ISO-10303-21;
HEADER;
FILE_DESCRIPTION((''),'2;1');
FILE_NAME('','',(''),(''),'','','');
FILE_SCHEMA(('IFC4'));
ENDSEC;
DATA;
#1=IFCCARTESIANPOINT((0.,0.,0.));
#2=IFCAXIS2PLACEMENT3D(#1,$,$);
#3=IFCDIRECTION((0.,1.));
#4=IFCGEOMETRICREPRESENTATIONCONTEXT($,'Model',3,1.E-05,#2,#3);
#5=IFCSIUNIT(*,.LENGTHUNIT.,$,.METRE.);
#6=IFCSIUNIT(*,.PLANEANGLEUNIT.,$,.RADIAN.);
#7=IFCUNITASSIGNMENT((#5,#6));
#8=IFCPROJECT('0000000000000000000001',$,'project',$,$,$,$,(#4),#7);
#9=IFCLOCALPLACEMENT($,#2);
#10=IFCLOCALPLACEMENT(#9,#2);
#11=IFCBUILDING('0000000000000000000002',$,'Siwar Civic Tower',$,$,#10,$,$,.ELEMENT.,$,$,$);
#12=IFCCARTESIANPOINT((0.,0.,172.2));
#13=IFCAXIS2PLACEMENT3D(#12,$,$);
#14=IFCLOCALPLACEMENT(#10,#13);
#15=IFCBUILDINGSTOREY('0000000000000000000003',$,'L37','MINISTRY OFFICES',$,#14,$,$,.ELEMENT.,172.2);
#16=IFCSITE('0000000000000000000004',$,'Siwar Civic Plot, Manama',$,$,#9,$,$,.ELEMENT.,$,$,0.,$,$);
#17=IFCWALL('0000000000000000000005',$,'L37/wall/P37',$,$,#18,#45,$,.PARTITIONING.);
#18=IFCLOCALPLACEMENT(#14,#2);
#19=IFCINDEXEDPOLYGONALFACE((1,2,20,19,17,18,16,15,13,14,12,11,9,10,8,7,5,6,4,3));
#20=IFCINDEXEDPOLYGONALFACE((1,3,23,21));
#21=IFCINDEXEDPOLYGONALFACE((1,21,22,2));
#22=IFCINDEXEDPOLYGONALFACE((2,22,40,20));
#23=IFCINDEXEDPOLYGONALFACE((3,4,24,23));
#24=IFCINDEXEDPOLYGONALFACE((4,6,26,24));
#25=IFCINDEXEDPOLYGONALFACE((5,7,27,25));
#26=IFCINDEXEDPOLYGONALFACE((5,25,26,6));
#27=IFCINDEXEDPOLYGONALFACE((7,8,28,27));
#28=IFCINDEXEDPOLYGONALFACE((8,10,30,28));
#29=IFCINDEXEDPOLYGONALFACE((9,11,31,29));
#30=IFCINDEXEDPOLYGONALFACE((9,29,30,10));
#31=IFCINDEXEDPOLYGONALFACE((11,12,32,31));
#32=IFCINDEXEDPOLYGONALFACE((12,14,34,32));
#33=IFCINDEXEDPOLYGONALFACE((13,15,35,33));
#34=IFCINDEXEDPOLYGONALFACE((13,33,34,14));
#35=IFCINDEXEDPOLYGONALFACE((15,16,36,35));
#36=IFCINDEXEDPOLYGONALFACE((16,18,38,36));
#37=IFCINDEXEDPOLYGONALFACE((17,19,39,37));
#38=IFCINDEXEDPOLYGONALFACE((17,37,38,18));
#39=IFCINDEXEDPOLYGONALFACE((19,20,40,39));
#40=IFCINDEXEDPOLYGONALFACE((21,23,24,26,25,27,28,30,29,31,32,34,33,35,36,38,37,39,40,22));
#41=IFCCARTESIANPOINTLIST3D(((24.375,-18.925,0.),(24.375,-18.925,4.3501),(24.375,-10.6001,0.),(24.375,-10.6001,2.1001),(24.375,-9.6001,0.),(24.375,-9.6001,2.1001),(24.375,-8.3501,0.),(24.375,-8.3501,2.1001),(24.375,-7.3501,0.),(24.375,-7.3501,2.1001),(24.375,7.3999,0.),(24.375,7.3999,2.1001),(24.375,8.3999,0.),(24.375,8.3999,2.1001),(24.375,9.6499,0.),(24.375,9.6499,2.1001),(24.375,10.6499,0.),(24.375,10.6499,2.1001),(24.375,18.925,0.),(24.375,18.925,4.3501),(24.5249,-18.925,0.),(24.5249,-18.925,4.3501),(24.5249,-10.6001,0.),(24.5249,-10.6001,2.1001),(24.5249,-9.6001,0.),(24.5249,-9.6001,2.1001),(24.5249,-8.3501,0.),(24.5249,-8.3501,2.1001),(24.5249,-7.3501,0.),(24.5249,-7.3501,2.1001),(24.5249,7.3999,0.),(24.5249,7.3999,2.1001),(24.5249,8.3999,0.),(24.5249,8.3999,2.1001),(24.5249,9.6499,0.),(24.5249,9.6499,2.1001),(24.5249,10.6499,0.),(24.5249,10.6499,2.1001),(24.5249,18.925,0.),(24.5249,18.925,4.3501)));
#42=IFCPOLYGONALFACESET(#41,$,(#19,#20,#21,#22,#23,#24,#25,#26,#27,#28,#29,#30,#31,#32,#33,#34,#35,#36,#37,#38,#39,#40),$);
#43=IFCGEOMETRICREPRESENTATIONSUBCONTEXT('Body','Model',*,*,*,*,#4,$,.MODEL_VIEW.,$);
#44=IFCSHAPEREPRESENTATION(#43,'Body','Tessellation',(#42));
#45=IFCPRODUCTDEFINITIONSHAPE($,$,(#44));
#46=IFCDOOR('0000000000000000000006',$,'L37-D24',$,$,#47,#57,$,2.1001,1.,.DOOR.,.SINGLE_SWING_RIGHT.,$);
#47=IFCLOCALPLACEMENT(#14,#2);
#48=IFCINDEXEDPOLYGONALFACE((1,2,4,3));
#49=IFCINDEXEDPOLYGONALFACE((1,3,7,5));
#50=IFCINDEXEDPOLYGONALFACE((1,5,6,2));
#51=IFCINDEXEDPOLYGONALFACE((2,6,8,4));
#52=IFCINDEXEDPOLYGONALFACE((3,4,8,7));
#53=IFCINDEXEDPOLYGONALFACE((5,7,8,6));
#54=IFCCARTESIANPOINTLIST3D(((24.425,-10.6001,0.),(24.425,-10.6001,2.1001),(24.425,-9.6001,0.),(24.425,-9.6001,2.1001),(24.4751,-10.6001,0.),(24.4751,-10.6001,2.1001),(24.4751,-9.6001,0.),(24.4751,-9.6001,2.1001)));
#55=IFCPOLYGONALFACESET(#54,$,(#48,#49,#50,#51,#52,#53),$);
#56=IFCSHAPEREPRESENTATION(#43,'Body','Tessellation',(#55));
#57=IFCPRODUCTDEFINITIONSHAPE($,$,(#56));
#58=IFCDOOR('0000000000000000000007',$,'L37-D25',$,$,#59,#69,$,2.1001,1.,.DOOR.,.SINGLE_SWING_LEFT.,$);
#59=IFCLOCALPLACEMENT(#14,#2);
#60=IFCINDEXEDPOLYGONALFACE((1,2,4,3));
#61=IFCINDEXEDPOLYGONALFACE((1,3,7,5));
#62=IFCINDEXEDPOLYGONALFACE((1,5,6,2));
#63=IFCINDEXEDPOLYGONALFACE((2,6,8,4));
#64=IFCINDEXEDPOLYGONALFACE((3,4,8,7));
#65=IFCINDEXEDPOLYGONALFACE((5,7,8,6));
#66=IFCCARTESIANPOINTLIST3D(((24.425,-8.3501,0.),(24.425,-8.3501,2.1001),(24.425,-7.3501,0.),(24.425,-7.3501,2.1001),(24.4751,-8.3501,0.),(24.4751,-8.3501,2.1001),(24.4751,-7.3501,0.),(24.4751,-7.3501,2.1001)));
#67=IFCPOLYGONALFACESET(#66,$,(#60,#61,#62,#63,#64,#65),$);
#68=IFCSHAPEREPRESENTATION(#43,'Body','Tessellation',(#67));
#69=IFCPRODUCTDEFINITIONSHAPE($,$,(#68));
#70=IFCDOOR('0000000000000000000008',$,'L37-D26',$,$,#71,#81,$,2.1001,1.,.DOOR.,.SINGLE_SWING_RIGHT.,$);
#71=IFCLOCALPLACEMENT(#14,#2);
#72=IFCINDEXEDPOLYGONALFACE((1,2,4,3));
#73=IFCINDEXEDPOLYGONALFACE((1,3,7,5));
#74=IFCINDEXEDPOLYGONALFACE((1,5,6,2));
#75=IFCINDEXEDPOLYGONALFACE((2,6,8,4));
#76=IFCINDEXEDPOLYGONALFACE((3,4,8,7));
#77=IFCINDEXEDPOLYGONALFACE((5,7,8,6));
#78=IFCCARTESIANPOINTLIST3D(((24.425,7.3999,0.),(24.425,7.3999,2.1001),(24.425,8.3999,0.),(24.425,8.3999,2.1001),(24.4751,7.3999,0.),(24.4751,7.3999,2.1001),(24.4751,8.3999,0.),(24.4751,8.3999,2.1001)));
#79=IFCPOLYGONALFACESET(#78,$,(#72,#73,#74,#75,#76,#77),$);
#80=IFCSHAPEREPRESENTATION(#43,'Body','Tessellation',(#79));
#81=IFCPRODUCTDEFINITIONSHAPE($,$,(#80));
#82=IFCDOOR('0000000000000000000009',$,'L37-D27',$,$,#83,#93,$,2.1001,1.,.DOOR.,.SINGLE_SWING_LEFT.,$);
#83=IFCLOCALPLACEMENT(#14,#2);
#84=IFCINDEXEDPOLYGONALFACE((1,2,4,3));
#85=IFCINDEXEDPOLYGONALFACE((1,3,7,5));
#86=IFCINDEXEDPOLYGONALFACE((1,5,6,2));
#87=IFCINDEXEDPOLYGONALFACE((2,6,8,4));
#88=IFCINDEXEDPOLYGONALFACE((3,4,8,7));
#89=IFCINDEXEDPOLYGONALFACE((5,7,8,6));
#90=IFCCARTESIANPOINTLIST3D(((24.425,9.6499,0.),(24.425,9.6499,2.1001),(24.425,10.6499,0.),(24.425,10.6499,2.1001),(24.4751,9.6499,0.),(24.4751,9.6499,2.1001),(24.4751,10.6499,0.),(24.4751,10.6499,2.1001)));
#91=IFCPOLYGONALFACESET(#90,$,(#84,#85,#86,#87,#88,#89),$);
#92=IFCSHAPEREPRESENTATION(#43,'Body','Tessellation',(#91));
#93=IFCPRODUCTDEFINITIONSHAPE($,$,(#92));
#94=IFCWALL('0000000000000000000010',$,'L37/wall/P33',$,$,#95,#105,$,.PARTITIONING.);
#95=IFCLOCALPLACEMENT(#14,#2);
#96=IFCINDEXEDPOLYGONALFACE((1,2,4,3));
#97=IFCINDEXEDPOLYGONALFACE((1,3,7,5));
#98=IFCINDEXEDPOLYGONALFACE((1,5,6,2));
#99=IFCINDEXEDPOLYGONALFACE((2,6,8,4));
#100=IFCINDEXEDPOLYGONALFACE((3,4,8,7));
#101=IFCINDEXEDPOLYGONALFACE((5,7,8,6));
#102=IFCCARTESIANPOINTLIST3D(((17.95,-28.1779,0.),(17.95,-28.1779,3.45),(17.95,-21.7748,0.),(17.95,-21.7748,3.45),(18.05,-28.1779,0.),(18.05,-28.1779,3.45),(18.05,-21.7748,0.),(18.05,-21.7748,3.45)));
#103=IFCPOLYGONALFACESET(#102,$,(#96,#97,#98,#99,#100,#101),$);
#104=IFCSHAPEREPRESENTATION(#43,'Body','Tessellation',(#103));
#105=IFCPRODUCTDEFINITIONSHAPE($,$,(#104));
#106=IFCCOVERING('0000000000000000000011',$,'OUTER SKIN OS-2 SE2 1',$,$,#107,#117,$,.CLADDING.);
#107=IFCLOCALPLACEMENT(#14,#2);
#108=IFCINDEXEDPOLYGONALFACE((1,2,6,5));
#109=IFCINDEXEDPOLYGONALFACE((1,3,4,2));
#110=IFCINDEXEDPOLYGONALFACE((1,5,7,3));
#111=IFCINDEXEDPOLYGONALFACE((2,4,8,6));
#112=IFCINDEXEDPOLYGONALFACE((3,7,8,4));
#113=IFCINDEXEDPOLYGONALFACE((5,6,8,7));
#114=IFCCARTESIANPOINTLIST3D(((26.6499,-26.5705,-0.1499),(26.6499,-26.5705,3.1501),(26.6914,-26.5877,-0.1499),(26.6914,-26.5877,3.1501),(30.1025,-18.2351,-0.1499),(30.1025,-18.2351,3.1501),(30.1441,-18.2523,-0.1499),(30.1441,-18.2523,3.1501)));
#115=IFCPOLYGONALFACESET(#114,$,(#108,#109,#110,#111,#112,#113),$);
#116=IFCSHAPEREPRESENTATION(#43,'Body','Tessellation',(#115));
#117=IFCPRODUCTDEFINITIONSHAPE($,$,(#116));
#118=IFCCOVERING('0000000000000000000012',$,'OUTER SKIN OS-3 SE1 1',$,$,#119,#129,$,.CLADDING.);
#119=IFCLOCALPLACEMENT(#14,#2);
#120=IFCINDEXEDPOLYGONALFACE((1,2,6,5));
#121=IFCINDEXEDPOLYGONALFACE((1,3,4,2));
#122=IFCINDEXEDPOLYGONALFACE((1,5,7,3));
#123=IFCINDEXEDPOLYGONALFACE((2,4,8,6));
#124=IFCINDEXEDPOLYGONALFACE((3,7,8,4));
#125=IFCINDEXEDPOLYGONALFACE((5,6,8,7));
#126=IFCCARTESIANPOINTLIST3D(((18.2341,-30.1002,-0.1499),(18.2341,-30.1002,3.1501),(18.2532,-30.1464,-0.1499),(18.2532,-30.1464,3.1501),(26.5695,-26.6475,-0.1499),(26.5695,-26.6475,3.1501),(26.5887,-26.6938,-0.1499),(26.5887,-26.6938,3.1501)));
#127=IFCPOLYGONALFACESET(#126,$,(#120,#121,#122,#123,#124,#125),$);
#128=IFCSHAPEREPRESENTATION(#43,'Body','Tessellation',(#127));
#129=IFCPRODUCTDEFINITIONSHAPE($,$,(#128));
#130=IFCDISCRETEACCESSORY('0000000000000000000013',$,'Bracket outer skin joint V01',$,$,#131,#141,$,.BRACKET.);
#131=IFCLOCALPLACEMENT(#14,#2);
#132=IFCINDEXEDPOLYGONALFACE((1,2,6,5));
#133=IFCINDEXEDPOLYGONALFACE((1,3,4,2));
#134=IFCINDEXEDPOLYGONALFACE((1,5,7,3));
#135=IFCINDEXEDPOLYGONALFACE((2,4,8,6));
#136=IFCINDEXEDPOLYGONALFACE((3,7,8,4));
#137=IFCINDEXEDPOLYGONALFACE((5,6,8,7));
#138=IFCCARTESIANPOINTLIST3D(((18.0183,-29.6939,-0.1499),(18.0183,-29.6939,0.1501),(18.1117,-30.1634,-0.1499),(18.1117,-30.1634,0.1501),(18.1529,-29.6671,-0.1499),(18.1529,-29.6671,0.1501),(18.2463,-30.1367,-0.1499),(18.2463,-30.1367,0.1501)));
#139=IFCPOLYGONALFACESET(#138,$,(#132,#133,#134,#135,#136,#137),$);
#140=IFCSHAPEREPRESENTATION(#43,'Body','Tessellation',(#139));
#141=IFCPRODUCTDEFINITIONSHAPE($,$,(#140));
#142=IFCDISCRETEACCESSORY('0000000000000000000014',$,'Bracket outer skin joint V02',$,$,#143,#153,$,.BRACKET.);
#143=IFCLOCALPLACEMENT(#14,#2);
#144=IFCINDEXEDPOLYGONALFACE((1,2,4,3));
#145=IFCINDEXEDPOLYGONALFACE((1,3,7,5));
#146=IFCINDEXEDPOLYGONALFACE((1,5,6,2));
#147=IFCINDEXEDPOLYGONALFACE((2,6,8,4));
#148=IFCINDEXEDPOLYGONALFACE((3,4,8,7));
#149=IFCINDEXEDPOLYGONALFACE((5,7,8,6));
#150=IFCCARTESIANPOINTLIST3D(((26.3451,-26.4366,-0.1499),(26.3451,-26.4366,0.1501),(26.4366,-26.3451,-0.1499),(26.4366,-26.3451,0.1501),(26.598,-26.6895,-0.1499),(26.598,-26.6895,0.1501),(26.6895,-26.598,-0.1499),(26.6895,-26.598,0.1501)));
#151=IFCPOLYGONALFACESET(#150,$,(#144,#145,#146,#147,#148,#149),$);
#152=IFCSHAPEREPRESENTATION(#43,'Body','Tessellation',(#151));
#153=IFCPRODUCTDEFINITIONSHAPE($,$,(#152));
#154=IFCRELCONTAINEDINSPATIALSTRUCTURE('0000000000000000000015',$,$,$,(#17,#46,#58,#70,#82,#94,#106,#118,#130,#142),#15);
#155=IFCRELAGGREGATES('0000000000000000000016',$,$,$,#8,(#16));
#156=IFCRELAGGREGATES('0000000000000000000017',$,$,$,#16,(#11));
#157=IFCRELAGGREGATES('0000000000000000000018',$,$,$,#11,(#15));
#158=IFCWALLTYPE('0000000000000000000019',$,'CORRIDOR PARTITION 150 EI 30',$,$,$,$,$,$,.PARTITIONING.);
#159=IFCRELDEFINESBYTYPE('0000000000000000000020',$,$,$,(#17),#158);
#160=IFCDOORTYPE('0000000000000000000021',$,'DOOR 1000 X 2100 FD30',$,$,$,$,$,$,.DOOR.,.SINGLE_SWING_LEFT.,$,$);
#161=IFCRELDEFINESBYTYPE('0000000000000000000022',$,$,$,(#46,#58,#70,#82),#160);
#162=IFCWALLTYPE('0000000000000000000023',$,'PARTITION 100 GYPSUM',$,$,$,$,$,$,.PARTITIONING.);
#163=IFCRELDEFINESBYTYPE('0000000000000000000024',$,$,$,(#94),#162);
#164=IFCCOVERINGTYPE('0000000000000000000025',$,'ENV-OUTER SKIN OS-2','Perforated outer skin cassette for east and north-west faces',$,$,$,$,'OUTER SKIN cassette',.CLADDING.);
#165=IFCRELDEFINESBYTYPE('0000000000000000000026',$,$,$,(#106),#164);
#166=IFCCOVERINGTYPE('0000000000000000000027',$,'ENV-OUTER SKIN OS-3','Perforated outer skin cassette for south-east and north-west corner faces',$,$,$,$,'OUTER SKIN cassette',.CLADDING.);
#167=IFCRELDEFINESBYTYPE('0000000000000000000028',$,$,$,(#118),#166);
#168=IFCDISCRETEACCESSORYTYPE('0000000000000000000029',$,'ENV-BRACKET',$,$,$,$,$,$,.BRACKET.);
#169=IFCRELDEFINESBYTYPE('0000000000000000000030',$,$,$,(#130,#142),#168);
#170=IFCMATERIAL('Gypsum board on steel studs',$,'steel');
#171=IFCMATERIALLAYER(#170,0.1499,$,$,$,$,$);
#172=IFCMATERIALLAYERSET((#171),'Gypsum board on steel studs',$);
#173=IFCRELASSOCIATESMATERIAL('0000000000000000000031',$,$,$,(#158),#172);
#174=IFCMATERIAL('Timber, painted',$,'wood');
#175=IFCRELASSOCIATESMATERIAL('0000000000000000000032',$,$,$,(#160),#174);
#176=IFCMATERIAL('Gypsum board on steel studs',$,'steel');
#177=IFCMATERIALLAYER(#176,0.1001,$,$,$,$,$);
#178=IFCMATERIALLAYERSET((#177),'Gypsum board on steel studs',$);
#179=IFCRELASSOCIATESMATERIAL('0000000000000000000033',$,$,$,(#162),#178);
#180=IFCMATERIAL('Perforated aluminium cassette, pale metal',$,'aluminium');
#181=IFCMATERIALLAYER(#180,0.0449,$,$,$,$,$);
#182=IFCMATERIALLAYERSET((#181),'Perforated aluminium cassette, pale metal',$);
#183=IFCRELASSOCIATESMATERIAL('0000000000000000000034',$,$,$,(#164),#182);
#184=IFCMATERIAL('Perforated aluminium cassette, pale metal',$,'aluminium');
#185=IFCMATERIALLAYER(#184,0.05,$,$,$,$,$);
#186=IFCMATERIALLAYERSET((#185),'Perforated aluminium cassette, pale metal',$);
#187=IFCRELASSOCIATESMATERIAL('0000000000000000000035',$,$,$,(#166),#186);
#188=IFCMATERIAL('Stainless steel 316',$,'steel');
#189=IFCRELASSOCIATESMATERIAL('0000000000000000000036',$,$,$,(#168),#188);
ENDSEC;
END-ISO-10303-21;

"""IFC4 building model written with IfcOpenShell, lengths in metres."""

from ifc_helpers import new_model, si_unit, direction, frame, frame_2d, origin, origin_2d, place, context, subcontext, project, spatial, rectangle, extrude, material, layer, layer_set, type_object, element, fill, save


model = new_model("IFC4")

# Units and contexts
model_context = context("Model", 3, precision=1e-05, world=origin(), true_north=direction((0.0, 1.0)))
body_context = subcontext(model_context, "Body", "Model", "MODEL_VIEW")
ifc_project = project(units=[si_unit("LENGTHUNIT", "METRE"), si_unit("PLANEANGLEUNIT", "RADIAN")], contexts=[model_context])

# Site, building, storey
site_placement = place(None, origin())
site = spatial("IfcSite", under=ifc_project, at=site_placement, Name="Siwar Civic Plot, Manama", CompositionType="ELEMENT", RefElevation=0.0)
building_placement = place(site_placement, origin())
building = spatial("IfcBuilding", under=site, at=building_placement, Name="Siwar Civic Tower", CompositionType="ELEMENT")
storey_placement = place(building_placement, frame((0.0, 0.0, 172.2)))
storey = spatial("IfcBuildingStorey", under=building, at=storey_placement, Name="L37", Description="MINISTRY OFFICES", CompositionType="ELEMENT", Elevation=172.2)

# Shared definitions
ifc_material_1 = material(Name="Gypsum board on steel studs", Category="steel")
ifc_layer_1 = layer(ifc_material_1, 0.1499)
ifc_layer_set_1 = layer_set([ifc_layer_1], Name="Gypsum board on steel studs")
wall_type_1 = type_object("IfcWallType", Name="CORRIDOR PARTITION 150 EI 30", PredefinedType="PARTITIONING", material=ifc_layer_set_1)

# Wall, openings, doors
wall_1_placement = place(storey_placement, frame((24.45, -18.925, 0.0), z_axis=(0.0, 0.0, 1.0), x_axis=(0.0, 1.0, 0.0)))
wall_1 = element("IfcWall", 1, at=wall_1_placement, inside=storey, type_object=wall_type_1, Name="L37/wall/P37", PredefinedType="PARTITIONING", context=body_context, shape_type="SweptSolid", body=[
    extrude(rectangle(XDim=37.8501, YDim=0.1499, at=frame_2d((18.925, 0.0))), origin(), (0.0, 0.0, 1.0), 4.3501),
])
opening_1_placement = place(wall_1_placement, frame((8.325, 0.0, 0.0)))
opening_1 = element("IfcOpeningElement", 2, at=opening_1_placement, cuts=wall_1, PredefinedType="OPENING", context=body_context, shape_type="SweptSolid", body=[
    extrude(rectangle(XDim=1.0, YDim=2.1001, at=frame_2d((0.5, 1.05))), frame((0.0, 0.085, 0.0), z_axis=(0.0, -1.0, 0.0), x_axis=(1.0, 0.0, 0.0)), (0.0, 0.0, 1.0), 0.1699),
])
opening_2_placement = place(wall_1_placement, frame((10.575, 0.0, 0.0)))
opening_2 = element("IfcOpeningElement", 3, at=opening_2_placement, cuts=wall_1, PredefinedType="OPENING", context=body_context, shape_type="SweptSolid", body=[
    extrude(rectangle(XDim=1.0, YDim=2.1001, at=frame_2d((0.5, 1.05))), frame((0.0, 0.085, 0.0), z_axis=(0.0, -1.0, 0.0), x_axis=(1.0, 0.0, 0.0)), (0.0, 0.0, 1.0), 0.1699),
])
opening_3_placement = place(wall_1_placement, frame((26.325, 0.0, 0.0)))
opening_3 = element("IfcOpeningElement", 4, at=opening_3_placement, cuts=wall_1, PredefinedType="OPENING", context=body_context, shape_type="SweptSolid", body=[
    extrude(rectangle(XDim=1.0, YDim=2.1001, at=frame_2d((0.5, 1.05))), frame((0.0, 0.085, 0.0), z_axis=(0.0, -1.0, 0.0), x_axis=(1.0, 0.0, 0.0)), (0.0, 0.0, 1.0), 0.1699),
])
opening_4_placement = place(wall_1_placement, frame((28.575, 0.0, 0.0)))
opening_4 = element("IfcOpeningElement", 5, at=opening_4_placement, cuts=wall_1, PredefinedType="OPENING", context=body_context, shape_type="SweptSolid", body=[
    extrude(rectangle(XDim=1.0, YDim=2.1001, at=frame_2d((0.5, 1.05))), frame((0.0, 0.085, 0.0), z_axis=(0.0, -1.0, 0.0), x_axis=(1.0, 0.0, 0.0)), (0.0, 0.0, 1.0), 0.1699),
])
ifc_material_2 = material(Name="Timber, painted", Category="wood")
door_type = type_object("IfcDoorType", Name="DOOR 1000 X 2100 FD30", OperationType="SINGLE_SWING_LEFT", PredefinedType="DOOR", material=ifc_material_2)
door_1_placement = place(opening_1_placement, origin())
door_1 = element("IfcDoor", 6, at=door_1_placement, inside=storey, type_object=door_type, Name="L37-D24", OperationType="SINGLE_SWING_RIGHT", OverallHeight=2.1001, OverallWidth=1.0, PredefinedType="DOOR", context=body_context, shape_type="SweptSolid", body=[
    extrude(rectangle(XDim=1.0, YDim=2.1001, at=frame_2d((0.5, 1.05))), frame((0.0, 0.0249, 0.0), z_axis=(0.0, -1.0, 0.0), x_axis=(1.0, 0.0, 0.0)), (0.0, 0.0, 1.0), 0.05),
])
fill(opening_1, door_1)
door_2_placement = place(opening_2_placement, origin())
door_2 = element("IfcDoor", 7, at=door_2_placement, inside=storey, type_object=door_type, Name="L37-D25", OperationType="SINGLE_SWING_LEFT", OverallHeight=2.1001, OverallWidth=1.0, PredefinedType="DOOR", context=body_context, shape_type="SweptSolid", body=[
    extrude(rectangle(XDim=1.0, YDim=2.1001, at=frame_2d((0.5, 1.05))), frame((0.0, 0.0249, 0.0), z_axis=(0.0, -1.0, 0.0), x_axis=(1.0, 0.0, 0.0)), (0.0, 0.0, 1.0), 0.05),
])
fill(opening_2, door_2)
door_3_placement = place(opening_3_placement, origin())
door_3 = element("IfcDoor", 8, at=door_3_placement, inside=storey, type_object=door_type, Name="L37-D26", OperationType="SINGLE_SWING_RIGHT", OverallHeight=2.1001, OverallWidth=1.0, PredefinedType="DOOR", context=body_context, shape_type="SweptSolid", body=[
    extrude(rectangle(XDim=1.0, YDim=2.1001, at=frame_2d((0.5, 1.05))), frame((0.0, 0.0249, 0.0), z_axis=(0.0, -1.0, 0.0), x_axis=(1.0, 0.0, 0.0)), (0.0, 0.0, 1.0), 0.05),
])
fill(opening_3, door_3)
door_4_placement = place(opening_4_placement, origin())
door_4 = element("IfcDoor", 9, at=door_4_placement, inside=storey, type_object=door_type, Name="L37-D27", OperationType="SINGLE_SWING_LEFT", OverallHeight=2.1001, OverallWidth=1.0, PredefinedType="DOOR", context=body_context, shape_type="SweptSolid", body=[
    extrude(rectangle(XDim=1.0, YDim=2.1001, at=frame_2d((0.5, 1.05))), frame((0.0, 0.0249, 0.0), z_axis=(0.0, -1.0, 0.0), x_axis=(1.0, 0.0, 0.0)), (0.0, 0.0, 1.0), 0.05),
])
fill(opening_4, door_4)

# Wall
ifc_material_3 = material(Name="Gypsum board on steel studs", Category="steel")
ifc_layer_2 = layer(ifc_material_3, 0.1001)
ifc_layer_set_2 = layer_set([ifc_layer_2], Name="Gypsum board on steel studs")
wall_type_2 = type_object("IfcWallType", Name="PARTITION 100 GYPSUM", PredefinedType="PARTITIONING", material=ifc_layer_set_2)
wall_2_placement = place(storey_placement, frame((18.0, -28.178, 0.0), z_axis=(0.0, 0.0, 1.0), x_axis=(0.0, 1.0, 0.0)))
element("IfcWall", 10, at=wall_2_placement, inside=storey, type_object=wall_type_2, Name="L37/wall/P33", PredefinedType="PARTITIONING", context=body_context, shape_type="SweptSolid", body=[
    extrude(rectangle(XDim=6.4031, YDim=0.1001, at=frame_2d((3.2017, 0.0))), origin(), (0.0, 0.0, 1.0), 3.45),
])

# Coverings
ifc_material_4 = material(Name="Perforated aluminium cassette, pale metal", Category="aluminium")
ifc_layer_3 = layer(ifc_material_4, 0.0449)
ifc_layer_set_3 = layer_set([ifc_layer_3], Name="Perforated aluminium cassette, pale metal")
covering_type_1 = type_object("IfcCoveringType", Name="ENV-OUTER SKIN OS-2", Description="Perforated outer skin cassette for east and north-west faces", ElementType="OUTER SKIN cassette", PredefinedType="CLADDING", material=ifc_layer_set_3)
covering_1_placement = place(storey_placement, frame((28.397, -22.4114, -0.1499), z_axis=(0.0, 0.0, 1.0), x_axis=(0.382683, 0.92388, 0.0)))
element("IfcCovering", 11, at=covering_1_placement, inside=storey, type_object=covering_type_1, Name="OUTER SKIN OS-2 SE2 1", PredefinedType="CLADDING", context=body_context, shape_type="SweptSolid", body=[
    extrude(rectangle(XDim=9.0222, YDim=0.0449, at=origin_2d()), origin(), (0.0, 0.0, 1.0), 3.3),
])
ifc_material_5 = material(Name="Perforated aluminium cassette, pale metal", Category="aluminium")
ifc_layer_4 = layer(ifc_material_5, 0.05)
ifc_layer_set_4 = layer_set([ifc_layer_4], Name="Perforated aluminium cassette, pale metal")
covering_type_2 = type_object("IfcCoveringType", Name="ENV-OUTER SKIN OS-3", Description="Perforated outer skin cassette for south-east and north-west corner faces", ElementType="OUTER SKIN cassette", PredefinedType="CLADDING", material=ifc_layer_set_4)
covering_2_placement = place(storey_placement, frame((22.4114, -28.397, -0.1499), z_axis=(0.0, 0.0, 1.0), x_axis=(0.92388, 0.382683, 0.0)))
element("IfcCovering", 12, at=covering_2_placement, inside=storey, type_object=covering_type_2, Name="OUTER SKIN OS-3 SE1 1", PredefinedType="CLADDING", context=body_context, shape_type="SweptSolid", body=[
    extrude(rectangle(XDim=9.0222, YDim=0.05, at=origin_2d()), origin(), (0.0, 0.0, 1.0), 3.3),
])

# Discrete accessories
ifc_material_6 = material(Name="Stainless steel 316", Category="steel")
discrete_accessory_type = type_object("IfcDiscreteAccessoryType", Name="ENV-BRACKET", PredefinedType="BRACKET", material=ifc_material_6)
discrete_accessory_1_placement = place(storey_placement, frame((18.1323, -29.9153, -0.1499), z_axis=(0.0, 0.0, 1.0), x_axis=(0.19509, -0.980785, 0.0)))
element("IfcDiscreteAccessory", 13, at=discrete_accessory_1_placement, inside=storey, type_object=discrete_accessory_type, Name="Bracket outer skin joint V01", PredefinedType="BRACKET", context=body_context, shape_type="SweptSolid", body=[
    extrude(rectangle(XDim=0.4788, YDim=0.1372, at=origin_2d()), origin(), (0.0, 0.0, 1.0), 0.3),
])
discrete_accessory_2_placement = place(storey_placement, frame((26.5173, -26.5173, -0.1499), z_axis=(0.0, 0.0, 1.0), x_axis=(0.707107, -0.707107, 0.0)))
element("IfcDiscreteAccessory", 14, at=discrete_accessory_2_placement, inside=storey, type_object=discrete_accessory_type, Name="Bracket outer skin joint V02", PredefinedType="BRACKET", context=body_context, shape_type="SweptSolid", body=[
    extrude(rectangle(XDim=0.3577, YDim=0.1294, at=origin_2d()), origin(), (0.0, 0.0, 1.0), 0.3),
])

save(model, "model.ifc")
